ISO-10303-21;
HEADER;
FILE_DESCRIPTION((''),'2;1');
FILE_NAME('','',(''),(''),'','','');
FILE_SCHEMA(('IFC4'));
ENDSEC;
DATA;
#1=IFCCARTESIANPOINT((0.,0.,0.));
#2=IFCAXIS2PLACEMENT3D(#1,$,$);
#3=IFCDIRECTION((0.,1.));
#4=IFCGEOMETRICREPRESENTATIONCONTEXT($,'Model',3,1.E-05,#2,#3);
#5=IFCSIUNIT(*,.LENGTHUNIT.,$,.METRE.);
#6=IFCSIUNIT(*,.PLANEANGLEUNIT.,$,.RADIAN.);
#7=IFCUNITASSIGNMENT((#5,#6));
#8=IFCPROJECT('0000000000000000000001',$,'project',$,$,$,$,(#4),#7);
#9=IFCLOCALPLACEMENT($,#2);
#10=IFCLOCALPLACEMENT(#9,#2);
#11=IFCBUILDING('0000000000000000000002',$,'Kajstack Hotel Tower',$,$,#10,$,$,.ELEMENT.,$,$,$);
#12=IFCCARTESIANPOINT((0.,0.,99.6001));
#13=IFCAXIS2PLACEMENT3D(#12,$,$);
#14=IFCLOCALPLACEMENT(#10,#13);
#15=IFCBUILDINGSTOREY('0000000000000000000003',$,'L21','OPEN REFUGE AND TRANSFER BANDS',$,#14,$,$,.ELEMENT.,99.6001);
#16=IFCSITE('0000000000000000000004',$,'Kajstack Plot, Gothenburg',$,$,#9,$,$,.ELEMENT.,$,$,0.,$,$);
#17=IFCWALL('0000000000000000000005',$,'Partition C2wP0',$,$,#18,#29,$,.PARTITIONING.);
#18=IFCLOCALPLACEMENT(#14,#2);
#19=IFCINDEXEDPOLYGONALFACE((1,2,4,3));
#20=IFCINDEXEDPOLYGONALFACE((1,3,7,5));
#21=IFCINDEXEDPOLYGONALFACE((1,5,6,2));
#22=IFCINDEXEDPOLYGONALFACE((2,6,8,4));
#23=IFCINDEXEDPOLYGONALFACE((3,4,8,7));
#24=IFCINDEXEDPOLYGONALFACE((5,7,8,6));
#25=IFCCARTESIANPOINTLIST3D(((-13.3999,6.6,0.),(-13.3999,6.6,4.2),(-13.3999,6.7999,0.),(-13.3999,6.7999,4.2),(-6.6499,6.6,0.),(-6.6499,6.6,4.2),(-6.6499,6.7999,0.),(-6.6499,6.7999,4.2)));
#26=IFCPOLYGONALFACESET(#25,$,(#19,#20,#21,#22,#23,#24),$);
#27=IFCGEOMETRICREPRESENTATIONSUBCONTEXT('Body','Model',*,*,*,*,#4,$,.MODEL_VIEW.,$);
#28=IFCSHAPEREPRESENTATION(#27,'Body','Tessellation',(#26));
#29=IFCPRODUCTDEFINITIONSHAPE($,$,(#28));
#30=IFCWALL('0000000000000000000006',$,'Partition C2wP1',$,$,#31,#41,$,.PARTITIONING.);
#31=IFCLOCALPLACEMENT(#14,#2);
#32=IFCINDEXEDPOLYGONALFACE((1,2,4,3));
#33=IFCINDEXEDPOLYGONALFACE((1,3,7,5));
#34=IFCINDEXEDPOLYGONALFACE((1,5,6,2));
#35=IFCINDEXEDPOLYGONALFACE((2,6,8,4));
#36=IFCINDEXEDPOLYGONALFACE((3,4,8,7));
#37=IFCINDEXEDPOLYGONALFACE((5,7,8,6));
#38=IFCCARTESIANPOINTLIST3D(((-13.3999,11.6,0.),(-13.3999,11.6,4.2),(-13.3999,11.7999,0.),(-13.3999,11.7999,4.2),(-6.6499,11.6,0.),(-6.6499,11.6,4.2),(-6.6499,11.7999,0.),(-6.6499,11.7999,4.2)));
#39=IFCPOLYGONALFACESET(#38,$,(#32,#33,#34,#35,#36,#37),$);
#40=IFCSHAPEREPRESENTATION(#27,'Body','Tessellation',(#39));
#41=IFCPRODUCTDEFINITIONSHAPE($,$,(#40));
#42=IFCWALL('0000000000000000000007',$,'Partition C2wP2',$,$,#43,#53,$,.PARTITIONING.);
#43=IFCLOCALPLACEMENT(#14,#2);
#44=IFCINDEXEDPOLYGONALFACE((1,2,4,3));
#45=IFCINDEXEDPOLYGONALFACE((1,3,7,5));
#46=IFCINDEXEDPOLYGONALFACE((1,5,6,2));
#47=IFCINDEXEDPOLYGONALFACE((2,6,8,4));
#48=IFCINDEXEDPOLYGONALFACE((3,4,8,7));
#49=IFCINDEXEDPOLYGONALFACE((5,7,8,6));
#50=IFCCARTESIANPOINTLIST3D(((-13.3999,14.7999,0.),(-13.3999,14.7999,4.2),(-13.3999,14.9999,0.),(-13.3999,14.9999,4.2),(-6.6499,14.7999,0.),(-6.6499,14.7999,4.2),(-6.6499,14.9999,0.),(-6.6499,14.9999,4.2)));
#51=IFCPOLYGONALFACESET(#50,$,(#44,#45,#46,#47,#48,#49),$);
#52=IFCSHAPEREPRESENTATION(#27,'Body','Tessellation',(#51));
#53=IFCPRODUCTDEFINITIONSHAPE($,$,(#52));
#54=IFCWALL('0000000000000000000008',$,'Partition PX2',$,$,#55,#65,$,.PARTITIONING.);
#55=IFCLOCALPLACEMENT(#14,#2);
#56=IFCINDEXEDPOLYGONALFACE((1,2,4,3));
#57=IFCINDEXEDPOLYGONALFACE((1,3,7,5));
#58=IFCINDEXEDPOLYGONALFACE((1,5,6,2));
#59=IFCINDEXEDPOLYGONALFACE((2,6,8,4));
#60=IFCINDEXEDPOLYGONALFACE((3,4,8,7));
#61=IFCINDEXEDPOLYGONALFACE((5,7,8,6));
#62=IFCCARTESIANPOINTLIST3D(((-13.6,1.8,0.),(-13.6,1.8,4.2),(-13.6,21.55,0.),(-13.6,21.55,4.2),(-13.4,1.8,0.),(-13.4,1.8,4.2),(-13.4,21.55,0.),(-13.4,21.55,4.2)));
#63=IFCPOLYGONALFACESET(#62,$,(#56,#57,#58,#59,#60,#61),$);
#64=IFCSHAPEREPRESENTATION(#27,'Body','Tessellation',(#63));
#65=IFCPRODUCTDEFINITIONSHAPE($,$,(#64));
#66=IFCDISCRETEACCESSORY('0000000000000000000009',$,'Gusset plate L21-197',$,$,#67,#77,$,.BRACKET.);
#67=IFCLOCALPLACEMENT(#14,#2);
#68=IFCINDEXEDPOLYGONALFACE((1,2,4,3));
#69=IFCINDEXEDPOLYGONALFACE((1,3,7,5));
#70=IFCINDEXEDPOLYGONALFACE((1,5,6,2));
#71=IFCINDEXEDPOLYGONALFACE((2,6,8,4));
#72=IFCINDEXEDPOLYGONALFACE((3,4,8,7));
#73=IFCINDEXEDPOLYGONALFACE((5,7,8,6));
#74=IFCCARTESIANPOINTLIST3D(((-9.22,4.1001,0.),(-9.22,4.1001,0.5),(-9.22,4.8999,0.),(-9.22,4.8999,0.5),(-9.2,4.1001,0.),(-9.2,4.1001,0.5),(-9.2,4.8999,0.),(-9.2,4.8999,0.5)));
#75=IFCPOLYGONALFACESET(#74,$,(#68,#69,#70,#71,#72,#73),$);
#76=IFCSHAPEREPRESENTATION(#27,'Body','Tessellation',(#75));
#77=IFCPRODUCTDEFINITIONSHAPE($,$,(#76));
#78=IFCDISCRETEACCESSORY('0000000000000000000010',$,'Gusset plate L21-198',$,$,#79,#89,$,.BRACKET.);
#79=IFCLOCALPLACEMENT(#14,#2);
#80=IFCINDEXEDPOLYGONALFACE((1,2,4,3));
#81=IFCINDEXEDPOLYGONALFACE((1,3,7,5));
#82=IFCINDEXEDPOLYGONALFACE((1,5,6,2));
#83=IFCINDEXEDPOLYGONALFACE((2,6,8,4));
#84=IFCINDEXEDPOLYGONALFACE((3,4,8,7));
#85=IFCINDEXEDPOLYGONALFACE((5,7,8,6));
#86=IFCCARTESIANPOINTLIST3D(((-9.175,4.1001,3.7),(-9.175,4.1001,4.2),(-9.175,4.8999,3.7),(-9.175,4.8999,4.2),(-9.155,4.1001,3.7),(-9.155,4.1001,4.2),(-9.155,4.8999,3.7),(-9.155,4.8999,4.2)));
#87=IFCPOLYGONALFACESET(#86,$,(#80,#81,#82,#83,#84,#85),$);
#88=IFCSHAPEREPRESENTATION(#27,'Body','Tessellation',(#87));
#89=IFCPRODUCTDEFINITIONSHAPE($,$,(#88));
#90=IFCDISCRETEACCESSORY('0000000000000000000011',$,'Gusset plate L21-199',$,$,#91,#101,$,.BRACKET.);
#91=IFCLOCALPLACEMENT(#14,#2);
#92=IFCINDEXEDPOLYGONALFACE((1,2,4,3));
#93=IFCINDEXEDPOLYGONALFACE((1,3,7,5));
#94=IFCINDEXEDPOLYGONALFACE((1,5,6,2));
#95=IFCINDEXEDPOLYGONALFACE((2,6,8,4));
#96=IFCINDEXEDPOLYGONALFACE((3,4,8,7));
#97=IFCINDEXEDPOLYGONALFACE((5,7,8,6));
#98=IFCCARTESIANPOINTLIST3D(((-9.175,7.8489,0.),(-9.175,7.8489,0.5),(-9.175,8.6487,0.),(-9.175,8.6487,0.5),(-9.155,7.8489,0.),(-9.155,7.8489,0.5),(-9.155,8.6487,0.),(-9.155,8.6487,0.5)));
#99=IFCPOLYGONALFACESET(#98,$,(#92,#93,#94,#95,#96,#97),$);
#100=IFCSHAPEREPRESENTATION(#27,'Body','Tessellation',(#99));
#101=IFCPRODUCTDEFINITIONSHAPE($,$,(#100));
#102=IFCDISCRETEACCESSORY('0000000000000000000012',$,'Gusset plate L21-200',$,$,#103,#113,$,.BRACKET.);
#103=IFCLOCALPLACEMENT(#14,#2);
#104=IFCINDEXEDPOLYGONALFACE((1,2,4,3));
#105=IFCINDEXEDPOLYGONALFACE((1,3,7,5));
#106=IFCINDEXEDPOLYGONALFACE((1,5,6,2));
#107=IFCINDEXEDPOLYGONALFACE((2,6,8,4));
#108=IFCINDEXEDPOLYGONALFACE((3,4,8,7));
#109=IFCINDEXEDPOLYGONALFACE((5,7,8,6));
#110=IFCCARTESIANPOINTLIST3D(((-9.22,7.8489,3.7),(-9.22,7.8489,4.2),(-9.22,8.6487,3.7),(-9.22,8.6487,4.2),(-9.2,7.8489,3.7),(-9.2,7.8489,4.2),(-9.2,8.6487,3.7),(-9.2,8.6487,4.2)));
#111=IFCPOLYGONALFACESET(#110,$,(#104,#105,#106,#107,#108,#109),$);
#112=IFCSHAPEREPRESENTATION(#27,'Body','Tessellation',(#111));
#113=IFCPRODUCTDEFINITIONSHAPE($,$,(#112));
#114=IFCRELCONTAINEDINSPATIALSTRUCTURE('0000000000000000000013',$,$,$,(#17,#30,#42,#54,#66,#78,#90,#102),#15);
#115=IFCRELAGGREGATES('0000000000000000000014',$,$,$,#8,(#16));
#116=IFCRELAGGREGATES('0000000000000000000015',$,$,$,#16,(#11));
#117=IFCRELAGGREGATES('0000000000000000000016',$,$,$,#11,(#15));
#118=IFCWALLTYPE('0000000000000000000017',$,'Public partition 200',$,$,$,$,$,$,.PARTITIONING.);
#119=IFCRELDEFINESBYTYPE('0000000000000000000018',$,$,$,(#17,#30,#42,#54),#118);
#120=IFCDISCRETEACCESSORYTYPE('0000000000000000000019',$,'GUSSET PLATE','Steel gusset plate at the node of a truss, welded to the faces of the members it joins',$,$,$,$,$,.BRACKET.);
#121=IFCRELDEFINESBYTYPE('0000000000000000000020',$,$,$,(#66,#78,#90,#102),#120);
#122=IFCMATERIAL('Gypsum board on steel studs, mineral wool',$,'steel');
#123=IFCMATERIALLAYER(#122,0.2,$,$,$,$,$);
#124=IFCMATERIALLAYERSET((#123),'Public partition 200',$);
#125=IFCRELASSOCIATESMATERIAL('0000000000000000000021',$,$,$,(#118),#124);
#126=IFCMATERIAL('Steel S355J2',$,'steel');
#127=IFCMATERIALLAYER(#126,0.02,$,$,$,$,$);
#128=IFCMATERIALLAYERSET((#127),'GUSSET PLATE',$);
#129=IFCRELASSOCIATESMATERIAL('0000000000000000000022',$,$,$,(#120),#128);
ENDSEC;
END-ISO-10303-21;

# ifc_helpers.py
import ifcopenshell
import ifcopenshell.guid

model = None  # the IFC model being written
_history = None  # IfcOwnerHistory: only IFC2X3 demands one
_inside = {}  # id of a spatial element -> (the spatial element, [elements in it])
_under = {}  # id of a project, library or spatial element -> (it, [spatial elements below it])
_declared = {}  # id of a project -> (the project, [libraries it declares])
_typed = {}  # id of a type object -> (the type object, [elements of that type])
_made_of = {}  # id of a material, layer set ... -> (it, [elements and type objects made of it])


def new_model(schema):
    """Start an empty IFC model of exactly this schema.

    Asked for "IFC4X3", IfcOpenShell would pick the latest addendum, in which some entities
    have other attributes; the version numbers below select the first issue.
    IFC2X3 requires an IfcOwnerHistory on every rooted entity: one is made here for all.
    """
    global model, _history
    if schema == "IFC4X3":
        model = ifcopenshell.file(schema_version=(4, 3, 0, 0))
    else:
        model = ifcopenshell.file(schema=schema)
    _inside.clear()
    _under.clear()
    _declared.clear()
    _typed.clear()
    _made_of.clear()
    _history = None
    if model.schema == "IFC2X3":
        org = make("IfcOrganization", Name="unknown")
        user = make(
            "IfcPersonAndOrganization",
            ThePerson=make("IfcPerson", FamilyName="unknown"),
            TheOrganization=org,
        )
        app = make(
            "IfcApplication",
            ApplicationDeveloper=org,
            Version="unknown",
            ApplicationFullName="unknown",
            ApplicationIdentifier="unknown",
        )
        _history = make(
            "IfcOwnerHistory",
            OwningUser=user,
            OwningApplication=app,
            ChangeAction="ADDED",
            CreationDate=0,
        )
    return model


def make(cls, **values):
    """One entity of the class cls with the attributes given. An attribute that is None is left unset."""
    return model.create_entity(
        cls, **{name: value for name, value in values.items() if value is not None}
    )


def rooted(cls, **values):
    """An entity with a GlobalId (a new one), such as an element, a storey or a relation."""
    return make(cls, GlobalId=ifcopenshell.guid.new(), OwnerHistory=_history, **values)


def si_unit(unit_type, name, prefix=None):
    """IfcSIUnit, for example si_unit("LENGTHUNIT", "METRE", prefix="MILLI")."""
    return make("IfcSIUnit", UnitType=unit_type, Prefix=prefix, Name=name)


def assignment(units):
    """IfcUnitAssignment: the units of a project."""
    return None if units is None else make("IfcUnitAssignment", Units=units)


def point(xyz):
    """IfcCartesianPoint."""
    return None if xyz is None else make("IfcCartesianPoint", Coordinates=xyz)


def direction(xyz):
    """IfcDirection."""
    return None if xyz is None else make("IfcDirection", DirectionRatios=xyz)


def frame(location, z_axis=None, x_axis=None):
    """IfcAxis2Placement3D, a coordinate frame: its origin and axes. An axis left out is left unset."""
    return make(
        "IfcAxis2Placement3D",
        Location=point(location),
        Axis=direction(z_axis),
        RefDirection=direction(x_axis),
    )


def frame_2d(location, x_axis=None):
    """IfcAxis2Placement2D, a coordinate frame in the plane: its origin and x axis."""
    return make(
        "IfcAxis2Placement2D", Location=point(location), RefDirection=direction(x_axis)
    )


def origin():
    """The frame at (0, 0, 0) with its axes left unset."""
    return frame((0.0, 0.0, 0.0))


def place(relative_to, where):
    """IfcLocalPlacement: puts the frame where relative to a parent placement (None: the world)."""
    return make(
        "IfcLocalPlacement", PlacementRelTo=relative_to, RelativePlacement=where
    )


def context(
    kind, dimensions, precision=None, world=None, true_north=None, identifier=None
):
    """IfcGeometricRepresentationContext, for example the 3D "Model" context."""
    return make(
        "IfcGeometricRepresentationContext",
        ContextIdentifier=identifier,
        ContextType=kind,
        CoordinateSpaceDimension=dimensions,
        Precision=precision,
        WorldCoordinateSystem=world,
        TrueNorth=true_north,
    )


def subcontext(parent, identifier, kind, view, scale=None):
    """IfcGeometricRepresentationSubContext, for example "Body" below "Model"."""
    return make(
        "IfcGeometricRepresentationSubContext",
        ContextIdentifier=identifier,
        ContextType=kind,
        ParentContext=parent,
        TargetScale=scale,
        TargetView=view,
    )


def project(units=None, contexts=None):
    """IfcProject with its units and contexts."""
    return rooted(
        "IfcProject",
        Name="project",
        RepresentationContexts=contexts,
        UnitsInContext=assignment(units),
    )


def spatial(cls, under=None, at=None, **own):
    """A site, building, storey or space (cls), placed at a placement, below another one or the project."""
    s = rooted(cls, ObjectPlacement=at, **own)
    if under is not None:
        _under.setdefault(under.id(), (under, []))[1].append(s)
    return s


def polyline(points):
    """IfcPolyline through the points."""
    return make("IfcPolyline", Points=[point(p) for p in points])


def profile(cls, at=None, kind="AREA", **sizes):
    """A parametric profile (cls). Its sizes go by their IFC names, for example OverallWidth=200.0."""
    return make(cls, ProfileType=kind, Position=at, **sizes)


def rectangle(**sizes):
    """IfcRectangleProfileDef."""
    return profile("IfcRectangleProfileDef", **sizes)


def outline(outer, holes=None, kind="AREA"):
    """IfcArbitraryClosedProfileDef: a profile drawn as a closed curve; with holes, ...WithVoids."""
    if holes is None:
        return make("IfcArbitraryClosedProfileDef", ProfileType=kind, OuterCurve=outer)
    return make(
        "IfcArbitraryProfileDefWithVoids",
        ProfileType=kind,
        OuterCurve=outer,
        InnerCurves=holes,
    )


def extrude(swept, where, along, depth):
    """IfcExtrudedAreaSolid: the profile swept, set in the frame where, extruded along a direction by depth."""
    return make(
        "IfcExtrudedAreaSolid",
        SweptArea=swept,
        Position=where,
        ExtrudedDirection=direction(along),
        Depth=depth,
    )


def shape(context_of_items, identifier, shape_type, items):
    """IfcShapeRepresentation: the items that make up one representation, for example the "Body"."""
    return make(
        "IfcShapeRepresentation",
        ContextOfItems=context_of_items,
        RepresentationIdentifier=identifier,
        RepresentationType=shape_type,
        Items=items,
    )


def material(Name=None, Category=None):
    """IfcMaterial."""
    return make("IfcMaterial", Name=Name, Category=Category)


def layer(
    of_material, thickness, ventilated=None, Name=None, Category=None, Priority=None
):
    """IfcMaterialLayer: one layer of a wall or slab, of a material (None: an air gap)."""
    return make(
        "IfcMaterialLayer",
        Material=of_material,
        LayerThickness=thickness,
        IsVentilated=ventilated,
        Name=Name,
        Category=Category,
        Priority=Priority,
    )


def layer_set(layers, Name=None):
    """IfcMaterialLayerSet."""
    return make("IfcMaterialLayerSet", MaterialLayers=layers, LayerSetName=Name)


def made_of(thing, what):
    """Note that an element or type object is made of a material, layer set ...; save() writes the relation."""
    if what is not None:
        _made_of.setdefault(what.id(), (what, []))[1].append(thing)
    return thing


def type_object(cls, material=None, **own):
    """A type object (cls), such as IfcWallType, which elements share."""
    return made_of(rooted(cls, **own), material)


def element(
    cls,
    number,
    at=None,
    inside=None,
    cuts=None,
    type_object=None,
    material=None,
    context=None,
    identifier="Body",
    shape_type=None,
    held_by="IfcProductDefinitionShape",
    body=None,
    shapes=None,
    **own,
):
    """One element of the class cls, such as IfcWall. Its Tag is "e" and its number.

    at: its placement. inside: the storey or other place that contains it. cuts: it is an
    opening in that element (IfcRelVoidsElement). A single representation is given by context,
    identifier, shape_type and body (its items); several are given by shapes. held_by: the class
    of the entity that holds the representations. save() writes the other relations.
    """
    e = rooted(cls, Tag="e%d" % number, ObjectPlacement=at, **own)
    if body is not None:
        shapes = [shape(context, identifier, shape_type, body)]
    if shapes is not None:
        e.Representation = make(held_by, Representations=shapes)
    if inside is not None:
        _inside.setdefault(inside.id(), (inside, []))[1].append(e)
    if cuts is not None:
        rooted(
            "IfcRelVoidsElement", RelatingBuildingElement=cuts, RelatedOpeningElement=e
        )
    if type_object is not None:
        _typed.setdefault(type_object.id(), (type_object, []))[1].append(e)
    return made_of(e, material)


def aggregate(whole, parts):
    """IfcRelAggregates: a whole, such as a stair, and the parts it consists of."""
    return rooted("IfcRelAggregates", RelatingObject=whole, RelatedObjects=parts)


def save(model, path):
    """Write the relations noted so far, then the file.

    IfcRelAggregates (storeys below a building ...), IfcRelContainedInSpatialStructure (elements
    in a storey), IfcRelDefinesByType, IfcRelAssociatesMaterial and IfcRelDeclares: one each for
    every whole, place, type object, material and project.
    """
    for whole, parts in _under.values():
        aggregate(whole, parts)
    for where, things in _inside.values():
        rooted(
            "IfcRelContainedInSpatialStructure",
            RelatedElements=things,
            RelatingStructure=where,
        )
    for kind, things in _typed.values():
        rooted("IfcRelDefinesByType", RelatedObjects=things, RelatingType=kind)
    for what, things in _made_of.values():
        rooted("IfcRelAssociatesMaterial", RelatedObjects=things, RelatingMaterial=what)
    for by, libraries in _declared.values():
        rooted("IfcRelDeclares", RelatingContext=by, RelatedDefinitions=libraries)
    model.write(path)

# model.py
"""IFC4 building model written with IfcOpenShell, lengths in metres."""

from ifc_helpers import new_model, si_unit, direction, frame, frame_2d, origin, place, context, subcontext, project, spatial, polyline, rectangle, outline, extrude, material, layer, layer_set, type_object, element, save


model = new_model("IFC4")

# Units and contexts
model_context = context("Model", 3, precision=1e-05, world=origin(), true_north=direction((0.0, 1.0)))
body_context = subcontext(model_context, "Body", "Model", "MODEL_VIEW")
ifc_project = project(units=[si_unit("LENGTHUNIT", "METRE"), si_unit("PLANEANGLEUNIT", "RADIAN")], contexts=[model_context])

# Site, building, storey
site_placement = place(None, origin())
site = spatial("IfcSite", under=ifc_project, at=site_placement, Name="Kajstack Plot, Gothenburg", CompositionType="ELEMENT", RefElevation=0.0)
building_placement = place(site_placement, origin())
building = spatial("IfcBuilding", under=site, at=building_placement, Name="Kajstack Hotel Tower", CompositionType="ELEMENT")
storey_placement = place(building_placement, frame((0.0, 0.0, 99.6001)))
storey = spatial("IfcBuildingStorey", under=building, at=storey_placement, Name="L21", Description="OPEN REFUGE AND TRANSFER BANDS", CompositionType="ELEMENT", Elevation=99.6001)

# Shared definitions
ifc_material_1 = material(Name="Steel S355J2", Category="steel")

# Walls
ifc_material_2 = material(Name="Gypsum board on steel studs, mineral wool", Category="steel")
ifc_layer_1 = layer(ifc_material_2, 0.2)
ifc_layer_set_1 = layer_set([ifc_layer_1], Name="Public partition 200")
wall_type = type_object("IfcWallType", Name="Public partition 200", PredefinedType="PARTITIONING", material=ifc_layer_set_1)
for number, where, z_axis, x_axis, name in (
    (1, (-13.3999, 6.7, 0.0), (0.0, 0.0, 1.0), (1.0, 0.0, 0.0), "Partition C2wP0"),
    (2, (-13.3999, 11.7, 0.0), (0.0, 0.0, 1.0), (1.0, 0.0, 0.0), "Partition C2wP1"),
    (3, (-13.3999, 14.8999, 0.0), (0.0, 0.0, 1.0), (1.0, 0.0, 0.0), "Partition C2wP2"),
):
    element("IfcWall", number, at=place(storey_placement, frame(where, z_axis=z_axis, x_axis=x_axis)), inside=storey, type_object=wall_type, Name=name, PredefinedType="PARTITIONING", context=body_context, shape_type="SweptSolid", body=[
        extrude(rectangle(XDim=6.75, YDim=0.2, at=frame_2d((3.375, 0.0))), origin(), (0.0, 0.0, 1.0), 4.2),
    ])
wall_placement = place(storey_placement, frame((-13.5, 1.8, 0.0), z_axis=(0.0, 0.0, 1.0), x_axis=(0.0, 1.0, 0.0)))
element("IfcWall", 4, at=wall_placement, inside=storey, type_object=wall_type, Name="Partition PX2", PredefinedType="PARTITIONING", context=body_context, shape_type="SweptSolid", body=[
    extrude(rectangle(XDim=19.75, YDim=0.2, at=frame_2d((9.875, 0.0))), origin(), (0.0, 0.0, 1.0), 4.2),
])

# Discrete accessories
ifc_layer_2 = layer(ifc_material_1, 0.02)
ifc_layer_set_2 = layer_set([ifc_layer_2], Name="GUSSET PLATE")
discrete_accessory_type = type_object("IfcDiscreteAccessoryType", Name="GUSSET PLATE", Description="Steel gusset plate at the node of a truss, welded to the faces of the members it joins", PredefinedType="BRACKET", material=ifc_layer_set_2)
for number, where, z_axis, x_axis, name in (
    (5, (-9.22, 4.5, 0.0), (1.0, 0.0, 0.0), (0.0, 1.0, 0.0), "Gusset plate L21-197"),
    (6, (-9.175, 4.5, 3.7), (1.0, 0.0, 0.0), (0.0, 1.0, 0.0), "Gusset plate L21-198"),
    (7, (-9.175, 8.2488, 0.0), (1.0, 0.0, 0.0), (0.0, 1.0, 0.0), "Gusset plate L21-199"),
    (8, (-9.22, 8.2488, 3.7), (1.0, 0.0, 0.0), (0.0, 1.0, 0.0), "Gusset plate L21-200"),
):
    element("IfcDiscreteAccessory", number, at=place(storey_placement, frame(where, z_axis=z_axis, x_axis=x_axis)), inside=storey, type_object=discrete_accessory_type, Name=name, PredefinedType="BRACKET", context=body_context, shape_type="SweptSolid", body=[
        extrude(outline(polyline([(-0.3999, 0.0), (0.3999, 0.0), (0.3999, 0.5), (-0.3999, 0.5), (-0.3999, 0.0)])), origin(), (0.0, 0.0, 1.0), 0.02),
    ])

save(model, "model.ifc")
